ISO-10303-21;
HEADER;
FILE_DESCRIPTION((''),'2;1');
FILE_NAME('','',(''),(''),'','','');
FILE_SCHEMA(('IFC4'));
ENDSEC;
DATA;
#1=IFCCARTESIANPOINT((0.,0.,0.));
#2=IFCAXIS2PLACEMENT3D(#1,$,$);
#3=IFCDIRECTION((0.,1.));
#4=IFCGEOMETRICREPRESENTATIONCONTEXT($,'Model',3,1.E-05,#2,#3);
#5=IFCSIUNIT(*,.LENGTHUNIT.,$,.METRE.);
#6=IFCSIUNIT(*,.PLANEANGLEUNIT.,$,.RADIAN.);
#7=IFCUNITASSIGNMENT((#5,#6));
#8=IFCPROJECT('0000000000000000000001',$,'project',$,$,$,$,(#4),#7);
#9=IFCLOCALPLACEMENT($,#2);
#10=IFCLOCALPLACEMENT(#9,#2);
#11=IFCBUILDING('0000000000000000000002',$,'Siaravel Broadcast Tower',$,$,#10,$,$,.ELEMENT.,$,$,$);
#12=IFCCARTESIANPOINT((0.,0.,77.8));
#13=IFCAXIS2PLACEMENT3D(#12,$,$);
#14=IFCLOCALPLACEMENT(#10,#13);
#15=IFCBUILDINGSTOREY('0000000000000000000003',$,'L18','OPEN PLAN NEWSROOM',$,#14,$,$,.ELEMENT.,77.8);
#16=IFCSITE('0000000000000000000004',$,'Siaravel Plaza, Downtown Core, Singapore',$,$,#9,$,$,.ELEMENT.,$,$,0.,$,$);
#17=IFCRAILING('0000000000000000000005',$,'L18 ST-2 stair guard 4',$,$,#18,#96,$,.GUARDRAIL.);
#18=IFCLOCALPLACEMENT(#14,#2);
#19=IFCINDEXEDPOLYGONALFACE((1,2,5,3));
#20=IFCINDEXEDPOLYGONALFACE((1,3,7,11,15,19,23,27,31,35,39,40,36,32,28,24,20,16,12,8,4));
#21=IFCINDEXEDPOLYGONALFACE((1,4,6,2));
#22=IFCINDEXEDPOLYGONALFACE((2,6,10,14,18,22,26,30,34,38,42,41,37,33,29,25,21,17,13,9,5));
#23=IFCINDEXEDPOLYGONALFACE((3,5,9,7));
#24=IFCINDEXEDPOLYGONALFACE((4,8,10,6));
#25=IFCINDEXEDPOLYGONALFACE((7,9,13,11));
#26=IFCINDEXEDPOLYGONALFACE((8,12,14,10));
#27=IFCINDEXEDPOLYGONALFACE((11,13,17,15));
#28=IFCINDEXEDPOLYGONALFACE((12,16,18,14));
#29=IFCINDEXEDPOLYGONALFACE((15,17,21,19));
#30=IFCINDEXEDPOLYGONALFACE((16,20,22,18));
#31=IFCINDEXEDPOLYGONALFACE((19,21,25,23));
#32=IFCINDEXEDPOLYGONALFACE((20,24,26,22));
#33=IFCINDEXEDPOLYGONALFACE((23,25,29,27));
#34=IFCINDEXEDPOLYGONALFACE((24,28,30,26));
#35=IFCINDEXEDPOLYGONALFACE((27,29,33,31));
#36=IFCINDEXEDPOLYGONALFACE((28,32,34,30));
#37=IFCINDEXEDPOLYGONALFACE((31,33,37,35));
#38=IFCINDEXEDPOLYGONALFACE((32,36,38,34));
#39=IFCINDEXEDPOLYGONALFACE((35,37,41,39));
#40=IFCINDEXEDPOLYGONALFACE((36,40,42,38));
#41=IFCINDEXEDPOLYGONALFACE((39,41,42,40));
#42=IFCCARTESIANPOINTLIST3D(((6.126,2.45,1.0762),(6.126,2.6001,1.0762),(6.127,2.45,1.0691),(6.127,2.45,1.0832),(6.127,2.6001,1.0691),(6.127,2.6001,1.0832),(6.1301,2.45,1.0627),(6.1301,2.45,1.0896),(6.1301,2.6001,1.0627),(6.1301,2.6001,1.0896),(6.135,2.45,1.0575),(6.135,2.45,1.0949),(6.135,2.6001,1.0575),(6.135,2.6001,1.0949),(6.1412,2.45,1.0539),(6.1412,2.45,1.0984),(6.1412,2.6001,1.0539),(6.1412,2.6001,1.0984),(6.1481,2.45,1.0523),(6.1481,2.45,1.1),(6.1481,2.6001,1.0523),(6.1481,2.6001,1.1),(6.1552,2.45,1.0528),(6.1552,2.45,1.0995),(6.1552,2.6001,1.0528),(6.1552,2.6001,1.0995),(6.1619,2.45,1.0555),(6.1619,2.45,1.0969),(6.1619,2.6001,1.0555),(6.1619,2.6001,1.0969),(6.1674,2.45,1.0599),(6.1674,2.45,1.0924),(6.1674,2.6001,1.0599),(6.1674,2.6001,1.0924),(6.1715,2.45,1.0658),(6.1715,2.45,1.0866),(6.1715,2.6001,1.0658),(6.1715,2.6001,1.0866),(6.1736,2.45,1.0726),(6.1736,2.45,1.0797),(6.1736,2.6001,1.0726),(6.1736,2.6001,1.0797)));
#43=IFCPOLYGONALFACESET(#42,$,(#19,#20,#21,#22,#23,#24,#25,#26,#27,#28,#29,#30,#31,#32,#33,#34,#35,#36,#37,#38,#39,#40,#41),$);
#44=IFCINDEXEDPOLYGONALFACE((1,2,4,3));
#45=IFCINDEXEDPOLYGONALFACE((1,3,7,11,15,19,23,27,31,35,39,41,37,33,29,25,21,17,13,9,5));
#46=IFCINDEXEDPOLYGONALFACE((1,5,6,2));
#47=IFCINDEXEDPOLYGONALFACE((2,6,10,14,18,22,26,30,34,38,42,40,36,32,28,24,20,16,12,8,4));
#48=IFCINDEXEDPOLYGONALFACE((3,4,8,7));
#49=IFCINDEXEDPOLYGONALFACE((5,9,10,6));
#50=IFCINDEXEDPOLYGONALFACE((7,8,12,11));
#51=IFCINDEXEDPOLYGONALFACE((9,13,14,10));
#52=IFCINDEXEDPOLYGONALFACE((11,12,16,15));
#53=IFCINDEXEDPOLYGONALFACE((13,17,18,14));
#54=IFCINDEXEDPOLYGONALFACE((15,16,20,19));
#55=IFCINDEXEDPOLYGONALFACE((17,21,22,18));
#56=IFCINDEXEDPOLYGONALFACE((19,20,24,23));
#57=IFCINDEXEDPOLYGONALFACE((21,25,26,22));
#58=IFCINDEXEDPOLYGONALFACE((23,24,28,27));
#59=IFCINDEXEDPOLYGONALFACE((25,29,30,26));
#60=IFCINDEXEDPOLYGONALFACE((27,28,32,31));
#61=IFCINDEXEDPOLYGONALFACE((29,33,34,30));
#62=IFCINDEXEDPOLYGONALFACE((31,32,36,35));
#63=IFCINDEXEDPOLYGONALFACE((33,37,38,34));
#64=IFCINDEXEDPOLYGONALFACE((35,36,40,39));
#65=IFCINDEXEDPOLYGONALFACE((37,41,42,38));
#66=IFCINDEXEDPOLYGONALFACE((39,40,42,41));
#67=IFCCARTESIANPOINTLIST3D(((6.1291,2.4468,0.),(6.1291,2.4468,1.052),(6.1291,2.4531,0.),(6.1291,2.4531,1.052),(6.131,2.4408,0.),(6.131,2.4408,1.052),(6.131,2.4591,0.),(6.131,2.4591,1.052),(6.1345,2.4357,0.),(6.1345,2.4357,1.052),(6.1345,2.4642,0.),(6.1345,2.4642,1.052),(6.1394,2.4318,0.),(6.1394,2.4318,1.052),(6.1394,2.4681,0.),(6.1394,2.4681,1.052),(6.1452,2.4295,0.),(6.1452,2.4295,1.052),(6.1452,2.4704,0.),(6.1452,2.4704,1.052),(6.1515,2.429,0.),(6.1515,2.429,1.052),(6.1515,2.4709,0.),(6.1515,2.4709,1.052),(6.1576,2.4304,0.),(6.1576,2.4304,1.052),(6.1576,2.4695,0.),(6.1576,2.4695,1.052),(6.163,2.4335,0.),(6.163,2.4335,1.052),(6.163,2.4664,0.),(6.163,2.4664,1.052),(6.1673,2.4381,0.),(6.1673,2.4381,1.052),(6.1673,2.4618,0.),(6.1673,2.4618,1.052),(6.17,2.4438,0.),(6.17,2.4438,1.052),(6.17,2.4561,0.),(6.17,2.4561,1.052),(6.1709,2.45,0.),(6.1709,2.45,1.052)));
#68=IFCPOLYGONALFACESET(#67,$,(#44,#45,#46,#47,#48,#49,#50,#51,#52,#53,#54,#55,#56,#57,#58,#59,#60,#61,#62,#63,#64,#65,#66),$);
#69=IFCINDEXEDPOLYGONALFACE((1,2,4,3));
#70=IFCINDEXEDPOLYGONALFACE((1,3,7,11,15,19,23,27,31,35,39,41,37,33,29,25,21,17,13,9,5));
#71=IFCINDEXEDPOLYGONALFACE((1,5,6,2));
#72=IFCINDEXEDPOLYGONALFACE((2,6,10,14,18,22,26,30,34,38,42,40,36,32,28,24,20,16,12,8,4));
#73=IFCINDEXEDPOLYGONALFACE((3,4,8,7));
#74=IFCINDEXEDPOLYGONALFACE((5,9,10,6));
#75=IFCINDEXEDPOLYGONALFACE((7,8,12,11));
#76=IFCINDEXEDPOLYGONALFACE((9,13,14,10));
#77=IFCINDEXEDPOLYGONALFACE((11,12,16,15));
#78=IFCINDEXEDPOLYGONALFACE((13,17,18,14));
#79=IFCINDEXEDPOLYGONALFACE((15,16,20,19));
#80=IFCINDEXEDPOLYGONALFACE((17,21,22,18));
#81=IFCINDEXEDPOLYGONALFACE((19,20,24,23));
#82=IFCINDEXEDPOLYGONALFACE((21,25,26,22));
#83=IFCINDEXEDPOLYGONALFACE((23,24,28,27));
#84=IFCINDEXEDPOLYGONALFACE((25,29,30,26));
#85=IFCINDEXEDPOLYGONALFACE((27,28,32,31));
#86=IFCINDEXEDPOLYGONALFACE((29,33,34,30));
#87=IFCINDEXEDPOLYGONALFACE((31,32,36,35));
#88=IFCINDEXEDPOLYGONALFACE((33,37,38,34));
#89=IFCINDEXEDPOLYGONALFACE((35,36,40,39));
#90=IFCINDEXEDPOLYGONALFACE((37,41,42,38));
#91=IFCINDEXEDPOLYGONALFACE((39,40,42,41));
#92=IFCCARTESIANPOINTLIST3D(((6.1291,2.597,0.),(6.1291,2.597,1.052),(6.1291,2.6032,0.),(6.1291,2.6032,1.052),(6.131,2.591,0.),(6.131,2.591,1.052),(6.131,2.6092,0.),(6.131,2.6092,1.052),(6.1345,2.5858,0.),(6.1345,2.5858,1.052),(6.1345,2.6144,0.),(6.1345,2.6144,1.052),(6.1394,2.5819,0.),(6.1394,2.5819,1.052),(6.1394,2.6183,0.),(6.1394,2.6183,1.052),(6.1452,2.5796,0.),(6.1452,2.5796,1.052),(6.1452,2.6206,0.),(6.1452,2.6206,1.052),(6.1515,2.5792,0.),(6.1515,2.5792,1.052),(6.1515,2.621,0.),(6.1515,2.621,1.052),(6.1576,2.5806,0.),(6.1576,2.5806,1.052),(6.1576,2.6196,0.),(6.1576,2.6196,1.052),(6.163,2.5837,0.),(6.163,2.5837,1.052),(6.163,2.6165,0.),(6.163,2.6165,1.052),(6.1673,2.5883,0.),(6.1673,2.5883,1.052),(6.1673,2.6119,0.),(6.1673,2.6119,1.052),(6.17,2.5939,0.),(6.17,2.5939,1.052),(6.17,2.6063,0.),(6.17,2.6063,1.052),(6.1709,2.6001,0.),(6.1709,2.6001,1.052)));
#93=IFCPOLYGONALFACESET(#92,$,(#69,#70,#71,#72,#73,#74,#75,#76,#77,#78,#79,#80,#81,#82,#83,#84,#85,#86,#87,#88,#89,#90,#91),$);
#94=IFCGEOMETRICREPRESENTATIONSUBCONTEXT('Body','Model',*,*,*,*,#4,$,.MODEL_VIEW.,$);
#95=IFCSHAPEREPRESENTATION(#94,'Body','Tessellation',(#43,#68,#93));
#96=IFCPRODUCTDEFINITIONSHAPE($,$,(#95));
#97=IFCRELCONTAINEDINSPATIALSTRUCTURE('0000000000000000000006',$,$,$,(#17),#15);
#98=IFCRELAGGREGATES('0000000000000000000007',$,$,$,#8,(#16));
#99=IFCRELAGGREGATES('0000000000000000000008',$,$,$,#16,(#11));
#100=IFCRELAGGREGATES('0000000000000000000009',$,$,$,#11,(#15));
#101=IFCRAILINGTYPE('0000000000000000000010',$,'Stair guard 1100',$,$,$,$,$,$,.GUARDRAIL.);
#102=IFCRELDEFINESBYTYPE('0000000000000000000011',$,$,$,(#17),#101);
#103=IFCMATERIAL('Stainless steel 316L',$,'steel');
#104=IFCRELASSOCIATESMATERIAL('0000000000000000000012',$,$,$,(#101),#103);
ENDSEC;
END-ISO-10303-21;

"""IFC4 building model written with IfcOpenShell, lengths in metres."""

from ifc_helpers import new_model, si_unit, direction, frame, origin, origin_2d, place, context, subcontext, project, spatial, circle, extrude, material, type_object, element, save


model = new_model("IFC4")

# Units and contexts
model_context = context("Model", 3, precision=1e-05, world=origin(), true_north=direction((0.0, 1.0)))
body_context = subcontext(model_context, "Body", "Model", "MODEL_VIEW")
ifc_project = project(units=[si_unit("LENGTHUNIT", "METRE"), si_unit("PLANEANGLEUNIT", "RADIAN")], contexts=[model_context])

# Site, building, storey
site_placement = place(None, origin())
site = spatial("IfcSite", under=ifc_project, at=site_placement, Name="Siaravel Plaza, Downtown Core, Singapore", CompositionType="ELEMENT", RefElevation=0.0)
building_placement = place(site_placement, origin())
building = spatial("IfcBuilding", under=site, at=building_placement, Name="Siaravel Broadcast Tower", CompositionType="ELEMENT")
storey_placement = place(building_placement, frame((0.0, 0.0, 77.8)))
storey = spatial("IfcBuildingStorey", under=building, at=storey_placement, Name="L18", Description="OPEN PLAN NEWSROOM", CompositionType="ELEMENT", Elevation=77.8)

# Railing
ifc_material_1 = material(Name="Stainless steel 316L", Category="steel")
railing_type_1 = type_object("IfcRailingType", Name="Stair guard 1100", PredefinedType="GUARDRAIL", material=ifc_material_1)
railing_1_placement = place(storey_placement, frame((6.1499, 2.45, 0.0)))
element("IfcRailing", 1, at=railing_1_placement, inside=storey, type_object=railing_type_1, Name="L18 ST-2 stair guard 4", PredefinedType="GUARDRAIL", context=body_context, shape_type="SweptSolid", body=[
    extrude(circle(Radius=0.0239, at=origin_2d()), frame((0.0, 0.0, 1.0762), z_axis=(0.0, 1.0, 0.0), x_axis=(-1.0, 0.0, 0.0)), (0.0, 0.0, 1.0), 0.1501),
    extrude(circle(Radius=0.021, at=origin_2d()), origin(), (0.0, 0.0, 1.0), 1.052),
    extrude(circle(Radius=0.021, at=origin_2d()), frame((0.0, 0.1501, 0.0)), (0.0, 0.0, 1.0), 1.052),
])

save(model, "model.ifc")
